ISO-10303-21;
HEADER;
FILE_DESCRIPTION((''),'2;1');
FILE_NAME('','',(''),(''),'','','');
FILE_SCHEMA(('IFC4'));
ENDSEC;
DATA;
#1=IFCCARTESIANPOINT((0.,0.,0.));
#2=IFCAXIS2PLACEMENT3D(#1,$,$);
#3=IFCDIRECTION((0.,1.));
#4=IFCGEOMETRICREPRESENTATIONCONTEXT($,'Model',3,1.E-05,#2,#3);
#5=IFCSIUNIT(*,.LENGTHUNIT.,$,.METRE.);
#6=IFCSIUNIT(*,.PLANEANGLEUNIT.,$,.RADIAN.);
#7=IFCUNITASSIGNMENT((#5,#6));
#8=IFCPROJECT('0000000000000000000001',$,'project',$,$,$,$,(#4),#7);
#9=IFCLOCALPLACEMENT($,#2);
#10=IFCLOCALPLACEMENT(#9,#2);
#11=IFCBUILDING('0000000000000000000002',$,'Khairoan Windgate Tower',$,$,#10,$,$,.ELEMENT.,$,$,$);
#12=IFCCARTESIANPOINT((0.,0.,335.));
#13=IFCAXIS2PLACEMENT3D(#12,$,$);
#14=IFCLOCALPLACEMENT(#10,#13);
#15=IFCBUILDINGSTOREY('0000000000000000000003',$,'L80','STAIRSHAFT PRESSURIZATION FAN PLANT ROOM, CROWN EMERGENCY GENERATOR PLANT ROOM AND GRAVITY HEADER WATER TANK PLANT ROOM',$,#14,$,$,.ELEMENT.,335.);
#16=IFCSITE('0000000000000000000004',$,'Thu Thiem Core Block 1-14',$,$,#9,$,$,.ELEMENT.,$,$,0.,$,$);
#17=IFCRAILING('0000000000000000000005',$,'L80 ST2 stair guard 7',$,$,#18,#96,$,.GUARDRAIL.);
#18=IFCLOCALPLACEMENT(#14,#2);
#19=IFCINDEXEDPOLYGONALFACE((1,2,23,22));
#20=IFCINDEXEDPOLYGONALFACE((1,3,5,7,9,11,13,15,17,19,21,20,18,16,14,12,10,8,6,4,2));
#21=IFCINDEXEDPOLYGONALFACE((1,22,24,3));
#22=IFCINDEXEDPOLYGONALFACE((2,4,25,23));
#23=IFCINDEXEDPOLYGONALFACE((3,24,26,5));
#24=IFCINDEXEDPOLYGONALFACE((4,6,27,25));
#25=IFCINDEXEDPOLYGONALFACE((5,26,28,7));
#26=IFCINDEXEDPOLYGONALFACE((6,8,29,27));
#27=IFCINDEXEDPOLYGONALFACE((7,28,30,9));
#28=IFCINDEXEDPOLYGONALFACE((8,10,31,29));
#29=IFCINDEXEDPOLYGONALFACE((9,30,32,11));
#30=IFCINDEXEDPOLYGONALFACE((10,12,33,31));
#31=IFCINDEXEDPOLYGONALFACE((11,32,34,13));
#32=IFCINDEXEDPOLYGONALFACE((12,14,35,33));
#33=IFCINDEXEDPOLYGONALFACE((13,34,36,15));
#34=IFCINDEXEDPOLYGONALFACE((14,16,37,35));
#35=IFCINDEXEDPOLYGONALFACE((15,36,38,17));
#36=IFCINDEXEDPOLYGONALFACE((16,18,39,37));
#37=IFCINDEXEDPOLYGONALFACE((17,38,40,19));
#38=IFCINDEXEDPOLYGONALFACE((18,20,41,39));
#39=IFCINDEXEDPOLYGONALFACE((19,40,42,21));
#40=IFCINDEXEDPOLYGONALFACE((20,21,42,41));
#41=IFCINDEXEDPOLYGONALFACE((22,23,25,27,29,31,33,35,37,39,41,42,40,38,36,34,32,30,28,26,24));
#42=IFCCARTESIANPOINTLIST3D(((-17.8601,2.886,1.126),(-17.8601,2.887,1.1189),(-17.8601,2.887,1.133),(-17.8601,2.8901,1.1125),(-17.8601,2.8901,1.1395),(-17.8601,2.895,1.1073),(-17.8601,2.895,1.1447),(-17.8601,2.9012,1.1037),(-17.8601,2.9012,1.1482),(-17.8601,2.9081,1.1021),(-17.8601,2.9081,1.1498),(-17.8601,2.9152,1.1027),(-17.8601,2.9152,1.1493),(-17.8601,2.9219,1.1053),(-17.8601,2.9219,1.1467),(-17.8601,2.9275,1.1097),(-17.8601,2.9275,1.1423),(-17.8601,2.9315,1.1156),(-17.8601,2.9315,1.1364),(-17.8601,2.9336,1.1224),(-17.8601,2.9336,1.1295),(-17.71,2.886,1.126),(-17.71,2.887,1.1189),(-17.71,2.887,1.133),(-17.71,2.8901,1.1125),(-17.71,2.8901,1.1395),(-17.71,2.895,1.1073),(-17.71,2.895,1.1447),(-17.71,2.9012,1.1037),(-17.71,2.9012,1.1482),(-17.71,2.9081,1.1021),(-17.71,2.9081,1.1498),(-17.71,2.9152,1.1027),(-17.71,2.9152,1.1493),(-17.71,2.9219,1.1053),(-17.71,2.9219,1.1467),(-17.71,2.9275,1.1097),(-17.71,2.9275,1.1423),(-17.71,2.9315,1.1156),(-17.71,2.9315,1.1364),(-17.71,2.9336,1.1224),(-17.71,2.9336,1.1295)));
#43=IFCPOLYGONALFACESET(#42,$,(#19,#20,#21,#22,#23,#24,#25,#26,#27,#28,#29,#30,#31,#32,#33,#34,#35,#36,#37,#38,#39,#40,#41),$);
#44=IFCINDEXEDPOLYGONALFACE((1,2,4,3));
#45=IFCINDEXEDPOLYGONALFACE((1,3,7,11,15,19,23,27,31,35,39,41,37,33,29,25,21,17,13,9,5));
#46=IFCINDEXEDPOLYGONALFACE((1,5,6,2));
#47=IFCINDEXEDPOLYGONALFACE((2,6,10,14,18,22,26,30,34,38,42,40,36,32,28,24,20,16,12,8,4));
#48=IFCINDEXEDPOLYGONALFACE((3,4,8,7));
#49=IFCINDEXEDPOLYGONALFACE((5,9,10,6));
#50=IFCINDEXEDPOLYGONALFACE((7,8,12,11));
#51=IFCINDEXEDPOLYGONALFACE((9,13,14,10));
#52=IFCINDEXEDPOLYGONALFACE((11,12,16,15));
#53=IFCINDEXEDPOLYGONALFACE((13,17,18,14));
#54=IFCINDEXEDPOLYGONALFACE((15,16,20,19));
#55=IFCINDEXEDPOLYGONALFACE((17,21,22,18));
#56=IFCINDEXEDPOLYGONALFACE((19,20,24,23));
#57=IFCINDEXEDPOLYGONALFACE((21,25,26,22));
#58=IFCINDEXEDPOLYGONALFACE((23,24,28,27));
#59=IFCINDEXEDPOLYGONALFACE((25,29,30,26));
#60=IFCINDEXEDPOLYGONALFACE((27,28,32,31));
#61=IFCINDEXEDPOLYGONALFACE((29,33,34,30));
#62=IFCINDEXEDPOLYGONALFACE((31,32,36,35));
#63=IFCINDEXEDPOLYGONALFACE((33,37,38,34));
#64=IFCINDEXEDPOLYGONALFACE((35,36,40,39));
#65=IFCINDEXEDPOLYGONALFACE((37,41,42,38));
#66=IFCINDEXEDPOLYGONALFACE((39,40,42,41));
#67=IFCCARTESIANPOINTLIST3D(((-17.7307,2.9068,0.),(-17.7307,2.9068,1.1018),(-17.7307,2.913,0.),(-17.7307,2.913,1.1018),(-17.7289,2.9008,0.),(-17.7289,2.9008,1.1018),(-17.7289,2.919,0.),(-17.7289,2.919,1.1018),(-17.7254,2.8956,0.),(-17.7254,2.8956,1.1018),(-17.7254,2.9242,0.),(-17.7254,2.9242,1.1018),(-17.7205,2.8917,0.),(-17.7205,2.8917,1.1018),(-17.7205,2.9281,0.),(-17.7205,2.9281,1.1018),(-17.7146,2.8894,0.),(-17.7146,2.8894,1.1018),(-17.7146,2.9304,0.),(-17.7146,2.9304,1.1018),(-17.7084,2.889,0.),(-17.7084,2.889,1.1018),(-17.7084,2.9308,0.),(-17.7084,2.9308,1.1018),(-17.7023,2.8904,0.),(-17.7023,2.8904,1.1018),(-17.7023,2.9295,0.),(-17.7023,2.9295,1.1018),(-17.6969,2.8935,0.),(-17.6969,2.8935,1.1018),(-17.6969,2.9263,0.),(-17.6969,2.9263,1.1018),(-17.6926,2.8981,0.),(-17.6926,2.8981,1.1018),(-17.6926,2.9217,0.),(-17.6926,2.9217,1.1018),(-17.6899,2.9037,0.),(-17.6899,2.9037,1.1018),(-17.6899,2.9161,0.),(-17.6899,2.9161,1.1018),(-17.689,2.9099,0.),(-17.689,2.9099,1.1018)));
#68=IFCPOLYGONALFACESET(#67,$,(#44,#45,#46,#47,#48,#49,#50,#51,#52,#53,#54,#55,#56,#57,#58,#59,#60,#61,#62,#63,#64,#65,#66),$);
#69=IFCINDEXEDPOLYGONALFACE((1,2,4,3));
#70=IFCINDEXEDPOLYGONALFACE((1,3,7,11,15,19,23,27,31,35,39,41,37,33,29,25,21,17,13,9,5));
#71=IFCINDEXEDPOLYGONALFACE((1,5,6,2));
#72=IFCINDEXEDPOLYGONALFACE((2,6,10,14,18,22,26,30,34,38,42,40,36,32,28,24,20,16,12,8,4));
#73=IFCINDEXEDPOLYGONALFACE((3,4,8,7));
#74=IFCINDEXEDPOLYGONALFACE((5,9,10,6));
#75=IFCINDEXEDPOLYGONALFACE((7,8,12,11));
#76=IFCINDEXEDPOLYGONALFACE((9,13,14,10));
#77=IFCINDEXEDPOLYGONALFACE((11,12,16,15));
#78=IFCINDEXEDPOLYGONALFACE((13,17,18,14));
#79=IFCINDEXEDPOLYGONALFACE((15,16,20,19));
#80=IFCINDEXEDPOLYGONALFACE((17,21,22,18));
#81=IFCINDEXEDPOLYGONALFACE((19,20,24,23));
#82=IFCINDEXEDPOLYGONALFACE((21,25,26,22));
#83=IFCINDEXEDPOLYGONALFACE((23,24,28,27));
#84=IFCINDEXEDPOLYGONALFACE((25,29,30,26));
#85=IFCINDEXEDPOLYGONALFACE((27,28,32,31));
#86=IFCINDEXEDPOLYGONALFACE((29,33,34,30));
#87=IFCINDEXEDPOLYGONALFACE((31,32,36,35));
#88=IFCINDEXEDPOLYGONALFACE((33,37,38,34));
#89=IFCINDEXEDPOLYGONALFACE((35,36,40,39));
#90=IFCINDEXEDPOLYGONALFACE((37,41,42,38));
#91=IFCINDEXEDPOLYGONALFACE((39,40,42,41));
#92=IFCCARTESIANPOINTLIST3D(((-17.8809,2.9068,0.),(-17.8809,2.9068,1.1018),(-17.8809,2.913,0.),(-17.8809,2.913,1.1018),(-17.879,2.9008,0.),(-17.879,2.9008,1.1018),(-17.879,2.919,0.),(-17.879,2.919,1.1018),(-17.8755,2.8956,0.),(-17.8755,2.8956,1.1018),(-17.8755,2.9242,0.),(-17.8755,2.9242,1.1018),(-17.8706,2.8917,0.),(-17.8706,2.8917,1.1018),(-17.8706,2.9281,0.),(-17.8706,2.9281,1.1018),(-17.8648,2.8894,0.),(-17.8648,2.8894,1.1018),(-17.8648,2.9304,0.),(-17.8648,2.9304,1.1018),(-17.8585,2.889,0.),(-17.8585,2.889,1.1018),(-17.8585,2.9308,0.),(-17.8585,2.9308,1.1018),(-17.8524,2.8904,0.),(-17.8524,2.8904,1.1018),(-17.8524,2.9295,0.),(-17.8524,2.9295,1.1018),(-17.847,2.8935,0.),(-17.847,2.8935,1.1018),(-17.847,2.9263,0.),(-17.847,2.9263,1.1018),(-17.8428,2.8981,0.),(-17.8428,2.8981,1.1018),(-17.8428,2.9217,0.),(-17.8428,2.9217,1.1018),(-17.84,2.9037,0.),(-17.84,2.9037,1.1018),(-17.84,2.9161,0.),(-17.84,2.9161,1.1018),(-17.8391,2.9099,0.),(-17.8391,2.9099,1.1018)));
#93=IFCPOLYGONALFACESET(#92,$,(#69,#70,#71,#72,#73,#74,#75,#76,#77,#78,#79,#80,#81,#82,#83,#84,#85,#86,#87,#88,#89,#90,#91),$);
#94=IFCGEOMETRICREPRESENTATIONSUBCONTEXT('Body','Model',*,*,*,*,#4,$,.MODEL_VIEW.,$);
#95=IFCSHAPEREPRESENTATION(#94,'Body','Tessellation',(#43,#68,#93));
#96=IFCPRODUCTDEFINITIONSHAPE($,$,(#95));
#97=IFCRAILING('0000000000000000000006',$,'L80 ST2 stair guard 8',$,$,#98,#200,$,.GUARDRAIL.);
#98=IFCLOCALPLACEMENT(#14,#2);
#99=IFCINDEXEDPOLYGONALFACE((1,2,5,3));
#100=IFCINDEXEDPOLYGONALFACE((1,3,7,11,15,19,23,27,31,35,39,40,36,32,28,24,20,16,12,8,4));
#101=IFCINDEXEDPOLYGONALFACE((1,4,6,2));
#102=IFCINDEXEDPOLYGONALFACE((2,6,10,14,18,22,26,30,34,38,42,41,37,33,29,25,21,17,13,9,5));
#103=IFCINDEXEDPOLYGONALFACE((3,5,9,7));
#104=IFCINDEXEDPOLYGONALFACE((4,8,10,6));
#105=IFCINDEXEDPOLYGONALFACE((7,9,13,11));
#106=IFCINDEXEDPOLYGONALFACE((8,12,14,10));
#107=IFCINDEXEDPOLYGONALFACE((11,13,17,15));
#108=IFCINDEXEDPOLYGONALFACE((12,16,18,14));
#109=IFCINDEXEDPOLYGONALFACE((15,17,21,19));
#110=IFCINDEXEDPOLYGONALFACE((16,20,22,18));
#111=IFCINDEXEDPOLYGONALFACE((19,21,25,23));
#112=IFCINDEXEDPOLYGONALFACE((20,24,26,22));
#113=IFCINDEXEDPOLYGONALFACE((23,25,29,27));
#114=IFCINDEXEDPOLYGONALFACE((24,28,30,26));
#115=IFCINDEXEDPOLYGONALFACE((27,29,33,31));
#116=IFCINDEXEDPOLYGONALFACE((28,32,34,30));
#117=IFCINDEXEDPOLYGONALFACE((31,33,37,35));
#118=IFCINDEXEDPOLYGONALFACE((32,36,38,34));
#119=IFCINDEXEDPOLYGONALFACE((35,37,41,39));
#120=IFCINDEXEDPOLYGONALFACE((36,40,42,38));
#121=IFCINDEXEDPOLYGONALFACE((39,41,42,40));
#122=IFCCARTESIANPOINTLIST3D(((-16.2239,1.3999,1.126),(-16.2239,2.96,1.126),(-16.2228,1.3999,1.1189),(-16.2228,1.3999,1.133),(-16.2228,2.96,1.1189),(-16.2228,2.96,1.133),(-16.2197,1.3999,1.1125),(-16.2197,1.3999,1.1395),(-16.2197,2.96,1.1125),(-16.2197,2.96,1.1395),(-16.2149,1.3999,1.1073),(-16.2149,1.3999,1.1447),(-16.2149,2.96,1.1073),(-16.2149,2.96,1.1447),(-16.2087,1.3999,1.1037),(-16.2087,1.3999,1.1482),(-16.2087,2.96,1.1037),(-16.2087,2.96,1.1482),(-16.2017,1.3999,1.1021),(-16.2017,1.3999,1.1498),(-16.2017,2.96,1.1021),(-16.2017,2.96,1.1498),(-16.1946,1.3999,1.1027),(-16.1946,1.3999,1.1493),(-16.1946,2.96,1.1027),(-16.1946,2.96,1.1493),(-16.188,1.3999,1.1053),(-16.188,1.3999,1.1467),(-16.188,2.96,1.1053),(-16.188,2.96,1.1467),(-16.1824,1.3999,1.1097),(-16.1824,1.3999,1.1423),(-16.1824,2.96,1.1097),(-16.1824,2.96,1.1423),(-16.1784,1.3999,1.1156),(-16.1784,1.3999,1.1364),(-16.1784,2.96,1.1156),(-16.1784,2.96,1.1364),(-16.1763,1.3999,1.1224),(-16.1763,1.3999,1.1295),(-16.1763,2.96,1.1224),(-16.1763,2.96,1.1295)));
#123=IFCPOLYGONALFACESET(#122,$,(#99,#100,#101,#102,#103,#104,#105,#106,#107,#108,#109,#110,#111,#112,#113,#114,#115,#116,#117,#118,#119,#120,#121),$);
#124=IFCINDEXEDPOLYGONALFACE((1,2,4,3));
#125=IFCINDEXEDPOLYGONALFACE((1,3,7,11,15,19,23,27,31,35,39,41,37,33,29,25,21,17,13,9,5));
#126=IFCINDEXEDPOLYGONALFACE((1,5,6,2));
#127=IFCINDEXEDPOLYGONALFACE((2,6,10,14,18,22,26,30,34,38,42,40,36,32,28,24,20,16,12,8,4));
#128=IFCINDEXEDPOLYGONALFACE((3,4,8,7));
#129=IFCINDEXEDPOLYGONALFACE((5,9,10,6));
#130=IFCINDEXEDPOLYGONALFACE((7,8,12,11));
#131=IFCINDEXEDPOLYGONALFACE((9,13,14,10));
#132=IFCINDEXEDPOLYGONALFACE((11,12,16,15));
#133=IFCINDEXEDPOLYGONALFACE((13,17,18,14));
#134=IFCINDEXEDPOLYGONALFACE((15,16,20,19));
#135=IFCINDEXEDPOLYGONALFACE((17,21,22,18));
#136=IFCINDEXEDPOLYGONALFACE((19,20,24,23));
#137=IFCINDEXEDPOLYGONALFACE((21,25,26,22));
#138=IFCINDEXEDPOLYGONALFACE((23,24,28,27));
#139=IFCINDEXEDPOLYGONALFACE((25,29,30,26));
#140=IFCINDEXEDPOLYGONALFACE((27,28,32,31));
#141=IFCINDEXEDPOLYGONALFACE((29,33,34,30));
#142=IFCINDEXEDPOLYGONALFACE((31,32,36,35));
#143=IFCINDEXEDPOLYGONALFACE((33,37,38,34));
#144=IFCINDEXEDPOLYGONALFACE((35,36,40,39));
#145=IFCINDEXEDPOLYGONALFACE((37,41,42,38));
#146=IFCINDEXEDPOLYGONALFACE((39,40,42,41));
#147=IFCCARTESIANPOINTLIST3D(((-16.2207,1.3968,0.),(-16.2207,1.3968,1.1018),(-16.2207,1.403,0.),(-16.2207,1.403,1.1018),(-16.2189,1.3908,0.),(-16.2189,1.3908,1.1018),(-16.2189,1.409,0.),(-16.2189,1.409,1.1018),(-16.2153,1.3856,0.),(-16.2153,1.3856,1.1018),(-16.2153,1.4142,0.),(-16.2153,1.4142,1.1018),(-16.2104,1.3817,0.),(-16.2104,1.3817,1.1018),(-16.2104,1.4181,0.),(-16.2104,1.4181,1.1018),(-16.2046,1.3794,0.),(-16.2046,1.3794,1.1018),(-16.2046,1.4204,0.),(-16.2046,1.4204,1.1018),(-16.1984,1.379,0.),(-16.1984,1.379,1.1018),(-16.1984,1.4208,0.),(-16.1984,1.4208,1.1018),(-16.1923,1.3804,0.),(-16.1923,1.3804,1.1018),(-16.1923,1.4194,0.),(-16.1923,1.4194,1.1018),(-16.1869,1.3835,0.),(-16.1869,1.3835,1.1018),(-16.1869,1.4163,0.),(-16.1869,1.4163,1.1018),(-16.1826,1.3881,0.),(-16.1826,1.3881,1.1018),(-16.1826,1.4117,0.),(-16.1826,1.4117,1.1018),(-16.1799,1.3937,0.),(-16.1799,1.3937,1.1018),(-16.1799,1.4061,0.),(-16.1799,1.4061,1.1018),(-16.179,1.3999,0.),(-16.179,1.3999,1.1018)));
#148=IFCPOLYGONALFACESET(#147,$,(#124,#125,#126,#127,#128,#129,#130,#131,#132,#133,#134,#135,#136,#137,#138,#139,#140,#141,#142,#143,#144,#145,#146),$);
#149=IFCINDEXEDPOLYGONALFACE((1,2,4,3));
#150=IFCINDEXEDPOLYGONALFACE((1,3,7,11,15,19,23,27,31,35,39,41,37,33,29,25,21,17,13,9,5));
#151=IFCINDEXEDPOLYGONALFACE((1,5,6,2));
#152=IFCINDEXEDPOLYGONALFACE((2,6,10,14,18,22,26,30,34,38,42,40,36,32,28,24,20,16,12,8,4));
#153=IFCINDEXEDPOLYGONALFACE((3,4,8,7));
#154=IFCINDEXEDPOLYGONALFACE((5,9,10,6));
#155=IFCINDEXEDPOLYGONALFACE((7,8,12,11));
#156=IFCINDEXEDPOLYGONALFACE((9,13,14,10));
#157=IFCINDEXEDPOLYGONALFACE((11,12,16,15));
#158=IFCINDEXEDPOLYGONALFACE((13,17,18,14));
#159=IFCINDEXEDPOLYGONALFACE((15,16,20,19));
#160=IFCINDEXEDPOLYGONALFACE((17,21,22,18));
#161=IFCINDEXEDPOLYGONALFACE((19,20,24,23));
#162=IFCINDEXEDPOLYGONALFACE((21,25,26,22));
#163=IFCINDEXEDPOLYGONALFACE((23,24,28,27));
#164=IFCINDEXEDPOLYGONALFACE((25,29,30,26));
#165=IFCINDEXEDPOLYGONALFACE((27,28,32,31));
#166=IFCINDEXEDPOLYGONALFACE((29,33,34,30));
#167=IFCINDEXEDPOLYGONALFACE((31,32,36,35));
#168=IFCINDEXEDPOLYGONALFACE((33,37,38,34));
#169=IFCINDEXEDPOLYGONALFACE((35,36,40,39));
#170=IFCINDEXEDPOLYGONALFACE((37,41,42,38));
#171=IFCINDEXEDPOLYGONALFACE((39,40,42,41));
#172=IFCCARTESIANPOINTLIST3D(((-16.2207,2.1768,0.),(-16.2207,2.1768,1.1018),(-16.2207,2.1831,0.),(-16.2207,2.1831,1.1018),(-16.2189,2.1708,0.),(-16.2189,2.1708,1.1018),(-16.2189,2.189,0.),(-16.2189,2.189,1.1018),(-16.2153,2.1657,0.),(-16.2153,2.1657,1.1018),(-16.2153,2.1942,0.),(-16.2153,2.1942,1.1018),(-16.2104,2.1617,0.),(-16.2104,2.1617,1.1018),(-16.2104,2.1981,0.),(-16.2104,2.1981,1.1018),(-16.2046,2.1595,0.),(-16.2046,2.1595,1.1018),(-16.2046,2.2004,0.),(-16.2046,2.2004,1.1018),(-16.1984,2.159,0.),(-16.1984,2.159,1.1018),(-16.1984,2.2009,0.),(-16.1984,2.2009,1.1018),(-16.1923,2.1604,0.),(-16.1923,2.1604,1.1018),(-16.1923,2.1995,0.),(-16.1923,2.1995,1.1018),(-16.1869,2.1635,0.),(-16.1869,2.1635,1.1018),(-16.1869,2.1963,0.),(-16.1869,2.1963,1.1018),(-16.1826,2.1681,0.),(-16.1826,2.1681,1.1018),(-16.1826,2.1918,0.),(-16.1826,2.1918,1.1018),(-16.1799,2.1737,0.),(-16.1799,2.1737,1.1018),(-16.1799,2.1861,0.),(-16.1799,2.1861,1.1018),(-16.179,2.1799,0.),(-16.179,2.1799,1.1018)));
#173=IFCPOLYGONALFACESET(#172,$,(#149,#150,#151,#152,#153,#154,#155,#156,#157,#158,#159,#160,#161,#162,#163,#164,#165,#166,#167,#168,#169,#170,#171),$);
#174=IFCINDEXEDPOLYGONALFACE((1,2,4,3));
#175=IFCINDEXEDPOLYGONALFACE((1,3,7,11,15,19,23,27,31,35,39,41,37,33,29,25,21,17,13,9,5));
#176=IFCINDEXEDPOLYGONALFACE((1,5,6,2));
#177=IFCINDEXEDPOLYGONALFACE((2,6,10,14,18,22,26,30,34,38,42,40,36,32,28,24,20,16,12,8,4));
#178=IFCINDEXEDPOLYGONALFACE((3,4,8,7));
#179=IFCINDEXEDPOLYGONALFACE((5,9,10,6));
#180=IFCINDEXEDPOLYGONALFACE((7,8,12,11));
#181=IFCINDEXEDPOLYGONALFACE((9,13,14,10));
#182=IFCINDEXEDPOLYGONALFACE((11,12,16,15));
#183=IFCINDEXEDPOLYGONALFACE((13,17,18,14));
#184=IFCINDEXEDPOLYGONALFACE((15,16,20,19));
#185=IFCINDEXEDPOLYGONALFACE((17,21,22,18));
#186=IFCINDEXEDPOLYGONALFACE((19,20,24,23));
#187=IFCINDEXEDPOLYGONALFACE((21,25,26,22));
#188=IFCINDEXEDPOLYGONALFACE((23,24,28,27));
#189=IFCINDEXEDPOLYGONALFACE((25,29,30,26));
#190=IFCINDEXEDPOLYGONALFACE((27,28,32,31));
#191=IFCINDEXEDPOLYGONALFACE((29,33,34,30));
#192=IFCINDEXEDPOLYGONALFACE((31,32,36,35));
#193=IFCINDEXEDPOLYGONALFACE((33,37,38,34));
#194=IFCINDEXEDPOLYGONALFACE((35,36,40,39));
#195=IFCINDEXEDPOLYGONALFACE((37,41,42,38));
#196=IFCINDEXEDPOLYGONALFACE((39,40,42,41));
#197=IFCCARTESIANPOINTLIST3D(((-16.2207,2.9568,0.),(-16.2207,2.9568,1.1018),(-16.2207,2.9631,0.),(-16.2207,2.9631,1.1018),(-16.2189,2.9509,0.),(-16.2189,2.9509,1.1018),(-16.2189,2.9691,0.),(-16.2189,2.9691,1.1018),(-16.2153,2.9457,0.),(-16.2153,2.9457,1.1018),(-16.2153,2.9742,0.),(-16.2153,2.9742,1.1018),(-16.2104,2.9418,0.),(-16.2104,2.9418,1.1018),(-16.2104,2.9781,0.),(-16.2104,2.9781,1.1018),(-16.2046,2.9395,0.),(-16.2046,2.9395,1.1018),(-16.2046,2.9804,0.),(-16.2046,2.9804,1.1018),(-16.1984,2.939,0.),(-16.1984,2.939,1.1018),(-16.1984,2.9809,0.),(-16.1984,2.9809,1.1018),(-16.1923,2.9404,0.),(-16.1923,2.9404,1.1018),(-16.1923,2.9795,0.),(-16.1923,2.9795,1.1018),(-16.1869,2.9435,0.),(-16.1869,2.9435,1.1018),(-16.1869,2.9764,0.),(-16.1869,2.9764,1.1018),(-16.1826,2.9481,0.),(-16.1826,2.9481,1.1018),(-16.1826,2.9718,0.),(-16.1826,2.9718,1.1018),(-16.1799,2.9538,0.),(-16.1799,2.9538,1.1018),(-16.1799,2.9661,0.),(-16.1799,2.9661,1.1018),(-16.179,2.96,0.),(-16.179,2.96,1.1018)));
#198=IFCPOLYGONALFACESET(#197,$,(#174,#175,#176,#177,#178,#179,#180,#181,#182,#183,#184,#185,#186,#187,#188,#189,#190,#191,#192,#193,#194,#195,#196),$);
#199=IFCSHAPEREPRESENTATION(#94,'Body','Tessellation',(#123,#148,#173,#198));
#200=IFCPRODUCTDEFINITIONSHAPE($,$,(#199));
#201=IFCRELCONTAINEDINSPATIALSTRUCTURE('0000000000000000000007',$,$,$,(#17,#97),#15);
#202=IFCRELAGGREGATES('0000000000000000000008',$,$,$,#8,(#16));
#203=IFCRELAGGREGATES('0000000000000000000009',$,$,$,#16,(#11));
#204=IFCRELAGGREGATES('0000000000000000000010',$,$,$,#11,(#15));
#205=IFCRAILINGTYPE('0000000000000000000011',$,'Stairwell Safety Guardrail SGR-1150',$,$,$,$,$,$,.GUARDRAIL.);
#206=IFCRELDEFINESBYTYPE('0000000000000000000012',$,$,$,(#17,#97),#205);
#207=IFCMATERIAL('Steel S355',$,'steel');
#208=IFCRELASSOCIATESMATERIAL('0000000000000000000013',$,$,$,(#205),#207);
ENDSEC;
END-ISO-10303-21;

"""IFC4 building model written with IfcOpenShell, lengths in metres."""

from ifc_helpers import new_model, si_unit, direction, frame, origin, origin_2d, place, context, subcontext, project, spatial, circle, extrude, material, type_object, element, save


model = new_model("IFC4")

# Units and contexts
model_context = context("Model", 3, precision=1e-05, world=origin(), true_north=direction((0.0, 1.0)))
body_context = subcontext(model_context, "Body", "Model", "MODEL_VIEW")
ifc_project = project(units=[si_unit("LENGTHUNIT", "METRE"), si_unit("PLANEANGLEUNIT", "RADIAN")], contexts=[model_context])

# Site, building, storey
site_placement = place(None, origin())
site = spatial("IfcSite", under=ifc_project, at=site_placement, Name="Thu Thiem Core Block 1-14", CompositionType="ELEMENT", RefElevation=0.0)
building_placement = place(site_placement, origin())
building = spatial("IfcBuilding", under=site, at=building_placement, Name="Khairoan Windgate Tower", CompositionType="ELEMENT")
storey_placement = place(building_placement, frame((0.0, 0.0, 335.0)))
storey = spatial("IfcBuildingStorey", under=building, at=storey_placement, Name="L80", Description="STAIRSHAFT PRESSURIZATION FAN PLANT ROOM, CROWN EMERGENCY GENERATOR PLANT ROOM AND GRAVITY HEADER WATER TANK PLANT ROOM", CompositionType="ELEMENT", Elevation=335.0)

# Railings
ifc_material_1 = material(Name="Steel S355", Category="steel")
railing_type_1 = type_object("IfcRailingType", Name="Stairwell Safety Guardrail SGR-1150", PredefinedType="GUARDRAIL", material=ifc_material_1)
railing_1_placement = place(storey_placement, frame((-17.71, 2.9099, 0.0)))
element("IfcRailing", 1, at=railing_1_placement, inside=storey, type_object=railing_type_1, Name="L80 ST2 stair guard 7", PredefinedType="GUARDRAIL", context=body_context, shape_type="SweptSolid", body=[
    extrude(circle(Radius=0.0239, at=origin_2d()), frame((0.0, 0.0, 1.126), z_axis=(-1.0, 0.0, 0.0), x_axis=(0.0, -1.0, 0.0)), (0.0, 0.0, 1.0), 0.1501),
    extrude(circle(Radius=0.021, at=origin_2d()), origin(), (0.0, 0.0, 1.0), 1.1018),
    extrude(circle(Radius=0.021, at=origin_2d()), frame((-0.1501, 0.0, 0.0)), (0.0, 0.0, 1.0), 1.1018),
])
for number, where, name in (
    (2, (-16.2, 1.3999, 0.0), "L80 ST2 stair guard 8"),
):
    element("IfcRailing", number, at=place(storey_placement, frame(where)), inside=storey, type_object=railing_type_1, Name=name, PredefinedType="GUARDRAIL", context=body_context, shape_type="SweptSolid", body=[
        extrude(circle(Radius=0.0239, at=origin_2d()), frame((0.0, 0.0, 1.126), z_axis=(0.0, 1.0, 0.0), x_axis=(-1.0, 0.0, 0.0)), (0.0, 0.0, 1.0), 1.5601),
        extrude(circle(Radius=0.021, at=origin_2d()), origin(), (0.0, 0.0, 1.0), 1.1018),
        extrude(circle(Radius=0.021, at=origin_2d()), frame((0.0, 0.78, 0.0)), (0.0, 0.0, 1.0), 1.1018),
        extrude(circle(Radius=0.021, at=origin_2d()), frame((0.0, 1.5601, 0.0)), (0.0, 0.0, 1.0), 1.1018),
    ])

save(model, "model.ifc")
